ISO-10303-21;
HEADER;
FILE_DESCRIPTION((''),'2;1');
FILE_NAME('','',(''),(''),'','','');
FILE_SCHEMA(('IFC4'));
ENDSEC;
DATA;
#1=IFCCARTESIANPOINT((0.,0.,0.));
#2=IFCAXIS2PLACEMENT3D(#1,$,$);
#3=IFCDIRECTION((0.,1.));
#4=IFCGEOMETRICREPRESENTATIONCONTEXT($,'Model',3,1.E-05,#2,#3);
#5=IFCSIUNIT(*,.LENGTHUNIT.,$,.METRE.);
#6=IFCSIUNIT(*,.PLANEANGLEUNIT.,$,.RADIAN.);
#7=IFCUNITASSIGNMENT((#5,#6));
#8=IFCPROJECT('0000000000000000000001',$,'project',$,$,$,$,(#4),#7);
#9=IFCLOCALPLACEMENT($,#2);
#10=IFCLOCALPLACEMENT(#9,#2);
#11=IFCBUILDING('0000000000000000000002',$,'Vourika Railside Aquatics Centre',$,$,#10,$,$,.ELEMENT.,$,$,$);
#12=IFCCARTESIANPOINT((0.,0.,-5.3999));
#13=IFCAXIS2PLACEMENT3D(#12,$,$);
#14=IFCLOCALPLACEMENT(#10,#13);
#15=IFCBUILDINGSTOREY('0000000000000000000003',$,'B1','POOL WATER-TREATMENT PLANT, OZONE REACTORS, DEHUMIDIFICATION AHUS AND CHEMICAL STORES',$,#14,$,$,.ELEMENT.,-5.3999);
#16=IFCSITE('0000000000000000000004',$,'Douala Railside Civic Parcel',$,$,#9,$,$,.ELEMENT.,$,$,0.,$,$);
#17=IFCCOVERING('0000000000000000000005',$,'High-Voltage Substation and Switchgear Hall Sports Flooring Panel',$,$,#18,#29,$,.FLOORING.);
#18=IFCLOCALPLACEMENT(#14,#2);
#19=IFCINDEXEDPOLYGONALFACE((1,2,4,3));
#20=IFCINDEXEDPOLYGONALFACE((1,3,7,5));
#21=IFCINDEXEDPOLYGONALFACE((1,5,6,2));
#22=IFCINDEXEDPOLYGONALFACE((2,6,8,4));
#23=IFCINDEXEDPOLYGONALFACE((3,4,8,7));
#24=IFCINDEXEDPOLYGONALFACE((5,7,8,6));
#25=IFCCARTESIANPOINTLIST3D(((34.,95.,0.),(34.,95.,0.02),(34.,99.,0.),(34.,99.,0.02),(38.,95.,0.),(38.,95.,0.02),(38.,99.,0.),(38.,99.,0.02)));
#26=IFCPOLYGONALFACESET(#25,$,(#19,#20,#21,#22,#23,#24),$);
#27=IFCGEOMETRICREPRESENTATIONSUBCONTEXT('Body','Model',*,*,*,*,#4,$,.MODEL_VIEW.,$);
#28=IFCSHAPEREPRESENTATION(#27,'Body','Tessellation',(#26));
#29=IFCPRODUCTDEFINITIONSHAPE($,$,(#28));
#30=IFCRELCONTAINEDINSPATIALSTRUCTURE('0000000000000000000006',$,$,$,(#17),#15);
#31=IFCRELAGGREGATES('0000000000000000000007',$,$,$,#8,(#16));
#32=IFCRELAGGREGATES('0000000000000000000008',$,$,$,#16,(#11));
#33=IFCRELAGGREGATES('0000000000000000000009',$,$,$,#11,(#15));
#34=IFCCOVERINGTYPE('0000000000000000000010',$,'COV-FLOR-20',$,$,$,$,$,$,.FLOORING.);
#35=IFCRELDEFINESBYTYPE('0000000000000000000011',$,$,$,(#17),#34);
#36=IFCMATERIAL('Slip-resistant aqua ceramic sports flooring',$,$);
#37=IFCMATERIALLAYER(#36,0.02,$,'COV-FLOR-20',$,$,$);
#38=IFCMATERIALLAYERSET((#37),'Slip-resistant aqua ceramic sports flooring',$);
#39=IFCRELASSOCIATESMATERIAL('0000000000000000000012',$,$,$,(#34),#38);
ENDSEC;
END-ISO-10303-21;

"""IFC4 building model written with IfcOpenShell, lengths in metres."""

from ifc_helpers import new_model, si_unit, direction, frame, origin, origin_2d, place, context, subcontext, project, spatial, rectangle, extrude, material, layer, layer_set, type_object, element, save


model = new_model("IFC4")

# Units and contexts
model_context = context("Model", 3, precision=1e-05, world=origin(), true_north=direction((0.0, 1.0)))
body_context = subcontext(model_context, "Body", "Model", "MODEL_VIEW")
ifc_project = project(units=[si_unit("LENGTHUNIT", "METRE"), si_unit("PLANEANGLEUNIT", "RADIAN")], contexts=[model_context])

# Site, building, storey
site_placement = place(None, origin())
site = spatial("IfcSite", under=ifc_project, at=site_placement, Name="Douala Railside Civic Parcel", CompositionType="ELEMENT", RefElevation=0.0)
building_placement = place(site_placement, origin())
building = spatial("IfcBuilding", under=site, at=building_placement, Name="Vourika Railside Aquatics Centre", CompositionType="ELEMENT")
storey_placement = place(building_placement, frame((0.0, 0.0, -5.3999)))
storey = spatial("IfcBuildingStorey", under=building, at=storey_placement, Name="B1", Description="POOL WATER-TREATMENT PLANT, OZONE REACTORS, DEHUMIDIFICATION AHUS AND CHEMICAL STORES", CompositionType="ELEMENT", Elevation=-5.3999)

# Covering
ifc_material_1 = material(Name="Slip-resistant aqua ceramic sports flooring")
ifc_layer_1 = layer(ifc_material_1, 0.02, Name="COV-FLOR-20")
ifc_layer_set_1 = layer_set([ifc_layer_1], Name="Slip-resistant aqua ceramic sports flooring")
covering_type_1 = type_object("IfcCoveringType", Name="COV-FLOR-20", PredefinedType="FLOORING", material=ifc_layer_set_1)
covering_placement = place(storey_placement, frame((36.0, 97.0, 0.0), z_axis=(0.0, 0.0, 1.0), x_axis=(1.0, 0.0, 0.0)))
element("IfcCovering", 1, at=covering_placement, inside=storey, type_object=covering_type_1, Name="High-Voltage Substation and Switchgear Hall Sports Flooring Panel", PredefinedType="FLOORING", context=body_context, shape_type="SweptSolid", body=[
    extrude(rectangle(XDim=4.0, YDim=4.0, at=origin_2d()), origin(), (0.0, 0.0, 1.0), 0.02),
])

save(model, "model.ifc")
